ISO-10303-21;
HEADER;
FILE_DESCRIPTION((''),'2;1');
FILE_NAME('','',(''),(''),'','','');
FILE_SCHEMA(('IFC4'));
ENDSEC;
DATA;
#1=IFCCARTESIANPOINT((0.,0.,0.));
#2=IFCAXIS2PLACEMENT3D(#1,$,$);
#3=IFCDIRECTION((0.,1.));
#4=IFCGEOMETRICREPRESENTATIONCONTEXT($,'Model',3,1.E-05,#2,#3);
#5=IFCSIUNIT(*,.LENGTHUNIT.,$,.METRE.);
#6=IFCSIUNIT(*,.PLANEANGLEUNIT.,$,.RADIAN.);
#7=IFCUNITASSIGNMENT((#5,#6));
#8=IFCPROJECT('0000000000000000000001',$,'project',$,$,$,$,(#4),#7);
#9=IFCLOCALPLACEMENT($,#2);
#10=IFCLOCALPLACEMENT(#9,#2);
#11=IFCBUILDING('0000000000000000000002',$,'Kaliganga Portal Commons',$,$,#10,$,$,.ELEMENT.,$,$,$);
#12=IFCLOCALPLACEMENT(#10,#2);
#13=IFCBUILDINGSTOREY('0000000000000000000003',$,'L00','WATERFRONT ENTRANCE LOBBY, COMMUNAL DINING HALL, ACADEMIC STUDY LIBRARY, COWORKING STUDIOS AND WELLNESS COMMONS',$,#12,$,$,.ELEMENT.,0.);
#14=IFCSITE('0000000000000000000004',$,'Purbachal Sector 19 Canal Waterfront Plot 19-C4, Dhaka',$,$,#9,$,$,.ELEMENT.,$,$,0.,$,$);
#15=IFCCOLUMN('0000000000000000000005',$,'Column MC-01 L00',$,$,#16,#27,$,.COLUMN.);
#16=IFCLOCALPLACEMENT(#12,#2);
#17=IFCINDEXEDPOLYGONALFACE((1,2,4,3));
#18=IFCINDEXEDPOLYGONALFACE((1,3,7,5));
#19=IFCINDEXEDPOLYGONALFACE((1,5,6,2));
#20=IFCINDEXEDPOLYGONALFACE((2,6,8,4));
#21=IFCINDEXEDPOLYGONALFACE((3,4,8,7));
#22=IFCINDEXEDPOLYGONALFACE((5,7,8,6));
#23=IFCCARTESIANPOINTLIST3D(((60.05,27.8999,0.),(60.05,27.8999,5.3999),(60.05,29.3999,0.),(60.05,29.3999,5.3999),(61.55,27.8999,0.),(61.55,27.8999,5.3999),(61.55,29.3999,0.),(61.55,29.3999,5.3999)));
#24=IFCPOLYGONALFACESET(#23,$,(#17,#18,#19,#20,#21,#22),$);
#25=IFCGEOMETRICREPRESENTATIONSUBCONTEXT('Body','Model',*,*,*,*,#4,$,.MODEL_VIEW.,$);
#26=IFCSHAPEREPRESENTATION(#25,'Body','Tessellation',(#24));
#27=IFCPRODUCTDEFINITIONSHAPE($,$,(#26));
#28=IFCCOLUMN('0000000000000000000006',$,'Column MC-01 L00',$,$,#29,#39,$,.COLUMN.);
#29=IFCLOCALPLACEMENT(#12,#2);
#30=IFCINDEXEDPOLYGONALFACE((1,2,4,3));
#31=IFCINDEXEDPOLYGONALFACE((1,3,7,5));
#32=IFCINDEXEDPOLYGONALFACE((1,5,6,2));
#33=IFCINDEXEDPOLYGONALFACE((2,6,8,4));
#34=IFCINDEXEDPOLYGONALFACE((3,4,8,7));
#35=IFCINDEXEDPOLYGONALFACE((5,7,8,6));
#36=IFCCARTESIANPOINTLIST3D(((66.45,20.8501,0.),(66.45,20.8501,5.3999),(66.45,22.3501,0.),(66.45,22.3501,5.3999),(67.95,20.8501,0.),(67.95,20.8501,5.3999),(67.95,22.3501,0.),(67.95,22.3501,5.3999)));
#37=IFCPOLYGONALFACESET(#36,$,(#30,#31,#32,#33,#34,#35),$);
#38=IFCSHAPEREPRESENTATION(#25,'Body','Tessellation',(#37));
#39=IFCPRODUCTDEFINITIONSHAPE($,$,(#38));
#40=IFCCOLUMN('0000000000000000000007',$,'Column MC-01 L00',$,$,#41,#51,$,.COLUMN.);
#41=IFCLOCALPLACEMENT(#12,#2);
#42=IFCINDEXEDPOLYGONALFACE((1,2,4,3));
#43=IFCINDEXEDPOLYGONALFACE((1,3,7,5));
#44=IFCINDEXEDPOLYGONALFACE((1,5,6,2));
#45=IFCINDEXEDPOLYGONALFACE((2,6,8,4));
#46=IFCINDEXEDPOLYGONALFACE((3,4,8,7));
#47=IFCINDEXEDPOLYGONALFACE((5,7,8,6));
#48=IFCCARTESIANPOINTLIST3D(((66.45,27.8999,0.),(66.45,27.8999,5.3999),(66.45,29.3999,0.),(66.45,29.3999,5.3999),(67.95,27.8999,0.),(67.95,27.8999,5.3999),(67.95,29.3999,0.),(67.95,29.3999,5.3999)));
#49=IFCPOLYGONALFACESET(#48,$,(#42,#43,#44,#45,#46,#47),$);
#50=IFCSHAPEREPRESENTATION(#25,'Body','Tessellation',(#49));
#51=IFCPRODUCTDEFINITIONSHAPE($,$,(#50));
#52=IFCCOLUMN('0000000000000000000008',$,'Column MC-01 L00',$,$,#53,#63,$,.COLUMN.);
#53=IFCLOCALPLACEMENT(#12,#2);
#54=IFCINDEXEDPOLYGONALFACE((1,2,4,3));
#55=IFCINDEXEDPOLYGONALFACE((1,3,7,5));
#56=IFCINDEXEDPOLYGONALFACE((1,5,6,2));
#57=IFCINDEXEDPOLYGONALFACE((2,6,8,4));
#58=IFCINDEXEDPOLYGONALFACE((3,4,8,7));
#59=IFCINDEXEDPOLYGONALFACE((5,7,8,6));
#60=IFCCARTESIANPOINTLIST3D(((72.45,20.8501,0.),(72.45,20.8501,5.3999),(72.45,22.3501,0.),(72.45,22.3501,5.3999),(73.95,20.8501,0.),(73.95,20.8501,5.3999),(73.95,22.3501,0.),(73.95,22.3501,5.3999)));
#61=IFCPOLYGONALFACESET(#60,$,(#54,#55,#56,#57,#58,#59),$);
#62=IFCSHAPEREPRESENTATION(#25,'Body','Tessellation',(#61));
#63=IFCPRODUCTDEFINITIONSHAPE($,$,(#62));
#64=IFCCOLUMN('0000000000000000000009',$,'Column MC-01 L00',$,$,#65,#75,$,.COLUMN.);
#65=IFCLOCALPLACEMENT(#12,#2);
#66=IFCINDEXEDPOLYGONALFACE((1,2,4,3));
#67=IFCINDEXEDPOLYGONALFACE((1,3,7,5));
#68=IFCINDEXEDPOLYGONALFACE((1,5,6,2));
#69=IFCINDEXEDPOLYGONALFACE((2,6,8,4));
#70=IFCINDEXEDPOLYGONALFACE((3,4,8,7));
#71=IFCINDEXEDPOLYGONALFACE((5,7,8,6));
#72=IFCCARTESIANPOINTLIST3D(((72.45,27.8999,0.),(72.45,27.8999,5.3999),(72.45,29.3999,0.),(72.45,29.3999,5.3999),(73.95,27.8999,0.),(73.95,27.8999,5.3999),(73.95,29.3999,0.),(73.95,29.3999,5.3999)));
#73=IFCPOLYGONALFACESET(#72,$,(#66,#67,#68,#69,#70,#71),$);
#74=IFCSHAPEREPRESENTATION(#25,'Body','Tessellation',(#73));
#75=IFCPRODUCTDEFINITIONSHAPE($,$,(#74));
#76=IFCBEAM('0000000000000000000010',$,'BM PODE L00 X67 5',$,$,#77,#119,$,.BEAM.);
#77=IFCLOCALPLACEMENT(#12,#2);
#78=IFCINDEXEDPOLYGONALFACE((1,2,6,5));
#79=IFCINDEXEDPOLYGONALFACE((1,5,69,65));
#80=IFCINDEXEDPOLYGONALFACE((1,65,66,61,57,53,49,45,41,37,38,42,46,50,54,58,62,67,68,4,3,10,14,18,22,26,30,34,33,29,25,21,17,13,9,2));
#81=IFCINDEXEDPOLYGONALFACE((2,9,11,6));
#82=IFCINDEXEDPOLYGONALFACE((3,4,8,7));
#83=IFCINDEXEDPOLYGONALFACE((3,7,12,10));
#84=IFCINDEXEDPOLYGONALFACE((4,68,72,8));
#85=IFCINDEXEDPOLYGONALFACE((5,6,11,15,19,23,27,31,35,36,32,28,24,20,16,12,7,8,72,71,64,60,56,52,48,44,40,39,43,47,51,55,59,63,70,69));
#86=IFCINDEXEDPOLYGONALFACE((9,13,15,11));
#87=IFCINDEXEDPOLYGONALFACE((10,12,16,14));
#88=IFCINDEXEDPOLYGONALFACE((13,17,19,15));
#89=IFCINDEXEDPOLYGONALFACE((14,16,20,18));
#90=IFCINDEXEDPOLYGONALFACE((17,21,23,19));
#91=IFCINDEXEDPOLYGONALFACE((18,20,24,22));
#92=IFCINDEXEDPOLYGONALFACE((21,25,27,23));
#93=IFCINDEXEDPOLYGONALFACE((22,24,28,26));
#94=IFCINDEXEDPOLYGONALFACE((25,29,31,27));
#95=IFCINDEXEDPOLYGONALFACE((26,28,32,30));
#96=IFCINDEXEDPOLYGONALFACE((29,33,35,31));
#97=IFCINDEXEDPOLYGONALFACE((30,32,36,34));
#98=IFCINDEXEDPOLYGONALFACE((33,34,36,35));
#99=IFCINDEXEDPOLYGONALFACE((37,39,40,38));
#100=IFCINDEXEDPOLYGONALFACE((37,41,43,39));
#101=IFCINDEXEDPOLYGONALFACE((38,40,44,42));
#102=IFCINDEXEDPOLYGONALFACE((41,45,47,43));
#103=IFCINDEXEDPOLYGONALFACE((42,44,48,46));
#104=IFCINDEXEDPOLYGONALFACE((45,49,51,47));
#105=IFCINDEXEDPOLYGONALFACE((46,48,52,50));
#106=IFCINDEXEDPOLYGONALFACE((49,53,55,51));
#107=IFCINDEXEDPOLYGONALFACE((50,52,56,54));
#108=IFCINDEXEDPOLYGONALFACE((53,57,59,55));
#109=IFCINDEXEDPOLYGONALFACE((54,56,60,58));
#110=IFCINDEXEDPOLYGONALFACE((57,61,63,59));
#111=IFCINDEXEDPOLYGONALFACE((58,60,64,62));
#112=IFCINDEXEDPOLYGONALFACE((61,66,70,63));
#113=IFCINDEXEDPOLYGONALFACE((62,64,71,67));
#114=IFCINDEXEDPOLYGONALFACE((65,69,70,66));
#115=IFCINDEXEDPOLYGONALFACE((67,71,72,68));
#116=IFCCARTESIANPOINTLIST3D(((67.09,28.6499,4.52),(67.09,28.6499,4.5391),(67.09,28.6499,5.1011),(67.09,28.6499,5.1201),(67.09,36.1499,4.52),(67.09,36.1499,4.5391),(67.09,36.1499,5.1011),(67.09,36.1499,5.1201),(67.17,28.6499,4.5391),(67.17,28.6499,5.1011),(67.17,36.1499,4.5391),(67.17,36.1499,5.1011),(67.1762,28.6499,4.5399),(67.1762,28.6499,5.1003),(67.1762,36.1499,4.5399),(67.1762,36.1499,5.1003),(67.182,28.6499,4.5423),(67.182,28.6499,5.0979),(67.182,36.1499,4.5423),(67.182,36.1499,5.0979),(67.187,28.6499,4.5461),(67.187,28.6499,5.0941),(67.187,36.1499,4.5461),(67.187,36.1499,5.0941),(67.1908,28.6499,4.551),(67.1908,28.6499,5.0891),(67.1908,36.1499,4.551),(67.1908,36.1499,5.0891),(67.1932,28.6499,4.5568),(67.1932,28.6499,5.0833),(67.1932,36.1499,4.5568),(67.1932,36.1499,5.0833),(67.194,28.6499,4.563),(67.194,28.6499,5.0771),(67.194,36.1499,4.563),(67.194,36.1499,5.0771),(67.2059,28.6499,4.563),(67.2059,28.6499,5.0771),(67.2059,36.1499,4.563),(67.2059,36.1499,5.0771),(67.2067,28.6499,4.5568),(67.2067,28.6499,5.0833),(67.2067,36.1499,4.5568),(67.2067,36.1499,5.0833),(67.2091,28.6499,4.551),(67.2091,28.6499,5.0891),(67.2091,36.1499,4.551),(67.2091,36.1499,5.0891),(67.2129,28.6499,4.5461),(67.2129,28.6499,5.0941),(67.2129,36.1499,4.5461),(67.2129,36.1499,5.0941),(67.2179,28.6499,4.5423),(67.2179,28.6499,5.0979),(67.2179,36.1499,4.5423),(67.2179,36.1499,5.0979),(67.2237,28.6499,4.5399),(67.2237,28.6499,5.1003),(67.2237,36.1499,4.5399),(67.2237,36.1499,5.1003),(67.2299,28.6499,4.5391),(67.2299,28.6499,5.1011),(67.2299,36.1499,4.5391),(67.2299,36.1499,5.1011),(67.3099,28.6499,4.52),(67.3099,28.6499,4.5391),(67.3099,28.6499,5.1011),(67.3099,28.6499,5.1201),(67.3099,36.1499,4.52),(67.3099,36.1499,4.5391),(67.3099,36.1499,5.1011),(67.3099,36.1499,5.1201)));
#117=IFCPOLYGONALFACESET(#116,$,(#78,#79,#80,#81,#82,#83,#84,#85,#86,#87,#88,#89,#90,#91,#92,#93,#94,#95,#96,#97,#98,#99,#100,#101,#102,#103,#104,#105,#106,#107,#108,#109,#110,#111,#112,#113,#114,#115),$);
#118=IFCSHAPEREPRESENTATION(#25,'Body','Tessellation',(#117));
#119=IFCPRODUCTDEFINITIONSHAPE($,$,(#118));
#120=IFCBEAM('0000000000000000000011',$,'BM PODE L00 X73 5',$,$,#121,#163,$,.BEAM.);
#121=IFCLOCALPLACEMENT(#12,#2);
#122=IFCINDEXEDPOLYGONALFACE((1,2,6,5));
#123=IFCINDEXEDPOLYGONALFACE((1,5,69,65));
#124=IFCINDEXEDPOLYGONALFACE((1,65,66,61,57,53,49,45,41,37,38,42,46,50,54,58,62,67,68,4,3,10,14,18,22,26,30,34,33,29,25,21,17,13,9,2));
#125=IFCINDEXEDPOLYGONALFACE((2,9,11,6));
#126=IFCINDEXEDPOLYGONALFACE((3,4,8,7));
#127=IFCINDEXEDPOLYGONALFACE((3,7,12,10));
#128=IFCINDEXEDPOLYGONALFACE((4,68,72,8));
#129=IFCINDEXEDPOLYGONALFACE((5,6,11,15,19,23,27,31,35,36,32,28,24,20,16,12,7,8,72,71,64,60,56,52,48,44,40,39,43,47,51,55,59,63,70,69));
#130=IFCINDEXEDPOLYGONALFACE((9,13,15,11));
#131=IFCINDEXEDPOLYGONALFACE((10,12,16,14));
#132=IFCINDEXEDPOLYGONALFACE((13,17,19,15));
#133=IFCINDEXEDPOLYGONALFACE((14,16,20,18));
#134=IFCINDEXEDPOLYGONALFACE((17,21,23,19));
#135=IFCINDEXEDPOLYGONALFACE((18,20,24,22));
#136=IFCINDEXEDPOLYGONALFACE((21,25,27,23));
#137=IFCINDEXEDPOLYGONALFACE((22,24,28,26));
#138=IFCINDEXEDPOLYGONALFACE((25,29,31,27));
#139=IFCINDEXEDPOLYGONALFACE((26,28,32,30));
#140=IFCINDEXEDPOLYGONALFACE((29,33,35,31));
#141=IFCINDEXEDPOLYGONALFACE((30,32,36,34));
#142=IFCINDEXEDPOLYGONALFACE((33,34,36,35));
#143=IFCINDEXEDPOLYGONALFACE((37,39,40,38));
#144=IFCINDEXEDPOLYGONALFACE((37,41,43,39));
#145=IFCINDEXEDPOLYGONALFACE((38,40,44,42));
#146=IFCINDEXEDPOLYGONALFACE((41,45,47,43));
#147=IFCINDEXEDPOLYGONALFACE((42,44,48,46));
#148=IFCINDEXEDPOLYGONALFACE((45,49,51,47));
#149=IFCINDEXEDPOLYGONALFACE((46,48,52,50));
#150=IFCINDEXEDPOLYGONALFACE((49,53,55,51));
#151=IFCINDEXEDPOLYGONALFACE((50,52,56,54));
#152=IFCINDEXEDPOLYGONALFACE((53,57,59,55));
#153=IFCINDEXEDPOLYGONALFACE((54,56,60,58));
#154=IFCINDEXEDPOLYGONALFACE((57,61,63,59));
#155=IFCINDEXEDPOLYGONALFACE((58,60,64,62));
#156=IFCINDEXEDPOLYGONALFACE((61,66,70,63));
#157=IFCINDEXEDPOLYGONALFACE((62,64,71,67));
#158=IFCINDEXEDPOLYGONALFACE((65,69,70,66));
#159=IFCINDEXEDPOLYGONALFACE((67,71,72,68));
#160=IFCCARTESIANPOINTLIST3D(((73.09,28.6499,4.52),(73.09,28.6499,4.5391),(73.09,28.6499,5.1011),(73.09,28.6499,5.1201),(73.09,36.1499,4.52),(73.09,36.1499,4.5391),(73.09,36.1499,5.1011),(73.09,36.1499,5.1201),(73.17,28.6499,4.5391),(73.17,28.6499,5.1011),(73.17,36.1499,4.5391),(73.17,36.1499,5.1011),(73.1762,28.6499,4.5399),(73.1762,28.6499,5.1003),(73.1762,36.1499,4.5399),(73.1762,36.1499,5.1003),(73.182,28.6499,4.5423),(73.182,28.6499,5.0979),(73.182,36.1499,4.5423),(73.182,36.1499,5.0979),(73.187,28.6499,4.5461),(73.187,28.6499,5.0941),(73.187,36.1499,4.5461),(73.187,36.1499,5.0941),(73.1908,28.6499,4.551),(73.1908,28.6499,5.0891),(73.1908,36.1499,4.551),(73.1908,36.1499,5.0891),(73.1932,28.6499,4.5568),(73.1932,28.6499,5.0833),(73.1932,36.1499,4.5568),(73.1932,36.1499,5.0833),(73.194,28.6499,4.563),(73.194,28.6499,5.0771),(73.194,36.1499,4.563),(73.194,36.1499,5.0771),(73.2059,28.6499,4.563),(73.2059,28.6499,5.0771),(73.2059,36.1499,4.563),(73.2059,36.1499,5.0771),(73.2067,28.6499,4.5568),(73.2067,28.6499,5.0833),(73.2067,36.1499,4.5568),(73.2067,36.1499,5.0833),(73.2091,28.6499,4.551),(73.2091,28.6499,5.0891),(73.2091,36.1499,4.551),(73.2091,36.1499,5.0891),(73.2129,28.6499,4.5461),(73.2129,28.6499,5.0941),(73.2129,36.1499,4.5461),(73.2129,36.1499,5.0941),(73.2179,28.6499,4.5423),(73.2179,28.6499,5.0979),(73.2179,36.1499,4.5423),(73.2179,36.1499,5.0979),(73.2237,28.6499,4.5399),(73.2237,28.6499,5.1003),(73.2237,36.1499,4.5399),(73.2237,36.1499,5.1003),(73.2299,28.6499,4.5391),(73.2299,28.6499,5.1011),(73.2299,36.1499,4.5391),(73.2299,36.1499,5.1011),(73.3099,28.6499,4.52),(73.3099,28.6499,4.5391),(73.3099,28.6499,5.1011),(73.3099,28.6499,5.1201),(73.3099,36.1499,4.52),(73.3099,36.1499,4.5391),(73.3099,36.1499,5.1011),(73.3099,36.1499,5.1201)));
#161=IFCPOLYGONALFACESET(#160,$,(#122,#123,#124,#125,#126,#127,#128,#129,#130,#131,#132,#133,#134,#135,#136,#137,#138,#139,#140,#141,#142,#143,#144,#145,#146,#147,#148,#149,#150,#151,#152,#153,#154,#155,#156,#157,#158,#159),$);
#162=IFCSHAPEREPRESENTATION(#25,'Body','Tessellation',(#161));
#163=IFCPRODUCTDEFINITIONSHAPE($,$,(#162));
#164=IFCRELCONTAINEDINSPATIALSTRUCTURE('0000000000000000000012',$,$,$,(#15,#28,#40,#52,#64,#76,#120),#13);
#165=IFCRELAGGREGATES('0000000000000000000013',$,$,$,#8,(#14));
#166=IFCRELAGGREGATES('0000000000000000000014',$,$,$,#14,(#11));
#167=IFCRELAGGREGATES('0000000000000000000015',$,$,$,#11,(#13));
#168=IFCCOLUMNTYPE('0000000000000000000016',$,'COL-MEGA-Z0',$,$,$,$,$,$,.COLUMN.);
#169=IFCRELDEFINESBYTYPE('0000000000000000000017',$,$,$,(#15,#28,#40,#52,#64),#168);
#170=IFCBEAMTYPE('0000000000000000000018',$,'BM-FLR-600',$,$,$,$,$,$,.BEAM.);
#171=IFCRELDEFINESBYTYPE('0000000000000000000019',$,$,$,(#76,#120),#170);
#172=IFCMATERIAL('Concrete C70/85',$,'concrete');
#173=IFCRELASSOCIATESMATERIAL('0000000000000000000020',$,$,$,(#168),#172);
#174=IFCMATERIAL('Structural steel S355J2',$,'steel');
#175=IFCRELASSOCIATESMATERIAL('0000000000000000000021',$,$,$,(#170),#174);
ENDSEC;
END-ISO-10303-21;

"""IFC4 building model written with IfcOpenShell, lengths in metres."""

from ifc_helpers import new_model, si_unit, direction, frame, origin, origin_2d, place, context, subcontext, project, spatial, rectangle, i_section, extrude, source, transform, mapped, material, material_profile, profile_set, type_object, element, save


model = new_model("IFC4")

# Units and contexts
model_context = context("Model", 3, precision=1e-05, world=origin(), true_north=direction((0.0, 1.0)))
body_context = subcontext(model_context, "Body", "Model", "MODEL_VIEW")
ifc_project = project(units=[si_unit("LENGTHUNIT", "METRE"), si_unit("PLANEANGLEUNIT", "RADIAN")], contexts=[model_context])

# Site, building, storey
site_placement = place(None, origin())
site = spatial("IfcSite", under=ifc_project, at=site_placement, Name="Purbachal Sector 19 Canal Waterfront Plot 19-C4, Dhaka", CompositionType="ELEMENT", RefElevation=0.0)
building_placement = place(site_placement, origin())
building = spatial("IfcBuilding", under=site, at=building_placement, Name="Kaliganga Portal Commons", CompositionType="ELEMENT")
storey_placement = place(building_placement, origin())
storey = spatial("IfcBuildingStorey", under=building, at=storey_placement, Name="L00", Description="WATERFRONT ENTRANCE LOBBY, COMMUNAL DINING HALL, ACADEMIC STUDY LIBRARY, COWORKING STUDIOS AND WELLNESS COMMONS", CompositionType="ELEMENT", Elevation=0.0)

# Columns
ifc_material_1 = material(Name="Concrete C70/85", Category="concrete")
ifc_material_profile_1 = material_profile(ifc_material_1, rectangle(XDim=1.5, YDim=1.5, at=origin_2d()), Name="RC 1500x1500")
ifc_profile_set_1 = profile_set([ifc_material_profile_1], Name="Concrete C70/85")
column_type = type_object("IfcColumnType", Name="COL-MEGA-Z0", PredefinedType="COLUMN", material=ifc_profile_set_1)
shared_shape_1 = source(origin(), body_context, "Body", "SweptSolid", [
    extrude(rectangle(XDim=1.5, YDim=1.5, at=origin_2d()), origin(), (0.0, 0.0, 1.0), 5.3999),
])
for number, where, z_axis, x_axis, name in (
    (1, (60.8, 28.6499, 0.0), (0.0, 0.0, 1.0), (1.0, 0.0, 0.0), "Column MC-01 L00"),
    (2, (67.2, 21.6001, 0.0), (0.0, 0.0, 1.0), (1.0, 0.0, 0.0), "Column MC-01 L00"),
    (3, (67.2, 28.6499, 0.0), (0.0, 0.0, 1.0), (1.0, 0.0, 0.0), "Column MC-01 L00"),
    (4, (73.2, 21.6001, 0.0), (0.0, 0.0, 1.0), (1.0, 0.0, 0.0), "Column MC-01 L00"),
    (5, (73.2, 28.6499, 0.0), (0.0, 0.0, 1.0), (1.0, 0.0, 0.0), "Column MC-01 L00"),
):
    element("IfcColumn", number, at=place(storey_placement, frame(where, z_axis=z_axis, x_axis=x_axis)), inside=storey, type_object=column_type, Name=name, PredefinedType="COLUMN", context=body_context, shape_type="MappedRepresentation", body=[
        mapped(shared_shape_1, transform((0.0, 0.0, 0.0), x_axis=(1.0, 0.0, 0.0), y_axis=(0.0, 1.0, 0.0), z_axis=(0.0, 0.0, 1.0), scale=1.0)),
    ])

# Beams
ifc_material_2 = material(Name="Structural steel S355J2", Category="steel")
ifc_material_profile_2 = material_profile(ifc_material_2, i_section(OverallWidth=0.22, OverallDepth=0.6001, WebThickness=0.012, FlangeThickness=0.019, FilletRadius=0.0239, at=origin_2d()), Name="IPE 600")
ifc_profile_set_2 = profile_set([ifc_material_profile_2], Name="Structural steel S355J2 wide-flange")
beam_type_1 = type_object("IfcBeamType", Name="BM-FLR-600", PredefinedType="BEAM", material=ifc_profile_set_2)
shared_shape_2 = source(origin(), body_context, "Body", "SweptSolid", [
    extrude(i_section(OverallWidth=0.22, OverallDepth=0.6001, WebThickness=0.012, FlangeThickness=0.019, FilletRadius=0.0239, at=origin_2d()), origin(), (0.0, 0.0, 1.0), 7.5),
])
for number, where, z_axis, x_axis, name in (
    (6, (67.2, 28.6499, 4.8201), (0.0, 1.0, 0.0), (-1.0, 0.0, 0.0), "BM PODE L00 X67 5"),
    (7, (73.2, 28.6499, 4.8201), (0.0, 1.0, 0.0), (-1.0, 0.0, 0.0), "BM PODE L00 X73 5"),
):
    element("IfcBeam", number, at=place(storey_placement, frame(where, z_axis=z_axis, x_axis=x_axis)), inside=storey, type_object=beam_type_1, Name=name, PredefinedType="BEAM", context=body_context, shape_type="MappedRepresentation", body=[
        mapped(shared_shape_2, transform((0.0, 0.0, 0.0), x_axis=(1.0, 0.0, 0.0), y_axis=(0.0, 1.0, 0.0), z_axis=(0.0, 0.0, 1.0), scale=1.0)),
    ])

save(model, "model.ifc")
